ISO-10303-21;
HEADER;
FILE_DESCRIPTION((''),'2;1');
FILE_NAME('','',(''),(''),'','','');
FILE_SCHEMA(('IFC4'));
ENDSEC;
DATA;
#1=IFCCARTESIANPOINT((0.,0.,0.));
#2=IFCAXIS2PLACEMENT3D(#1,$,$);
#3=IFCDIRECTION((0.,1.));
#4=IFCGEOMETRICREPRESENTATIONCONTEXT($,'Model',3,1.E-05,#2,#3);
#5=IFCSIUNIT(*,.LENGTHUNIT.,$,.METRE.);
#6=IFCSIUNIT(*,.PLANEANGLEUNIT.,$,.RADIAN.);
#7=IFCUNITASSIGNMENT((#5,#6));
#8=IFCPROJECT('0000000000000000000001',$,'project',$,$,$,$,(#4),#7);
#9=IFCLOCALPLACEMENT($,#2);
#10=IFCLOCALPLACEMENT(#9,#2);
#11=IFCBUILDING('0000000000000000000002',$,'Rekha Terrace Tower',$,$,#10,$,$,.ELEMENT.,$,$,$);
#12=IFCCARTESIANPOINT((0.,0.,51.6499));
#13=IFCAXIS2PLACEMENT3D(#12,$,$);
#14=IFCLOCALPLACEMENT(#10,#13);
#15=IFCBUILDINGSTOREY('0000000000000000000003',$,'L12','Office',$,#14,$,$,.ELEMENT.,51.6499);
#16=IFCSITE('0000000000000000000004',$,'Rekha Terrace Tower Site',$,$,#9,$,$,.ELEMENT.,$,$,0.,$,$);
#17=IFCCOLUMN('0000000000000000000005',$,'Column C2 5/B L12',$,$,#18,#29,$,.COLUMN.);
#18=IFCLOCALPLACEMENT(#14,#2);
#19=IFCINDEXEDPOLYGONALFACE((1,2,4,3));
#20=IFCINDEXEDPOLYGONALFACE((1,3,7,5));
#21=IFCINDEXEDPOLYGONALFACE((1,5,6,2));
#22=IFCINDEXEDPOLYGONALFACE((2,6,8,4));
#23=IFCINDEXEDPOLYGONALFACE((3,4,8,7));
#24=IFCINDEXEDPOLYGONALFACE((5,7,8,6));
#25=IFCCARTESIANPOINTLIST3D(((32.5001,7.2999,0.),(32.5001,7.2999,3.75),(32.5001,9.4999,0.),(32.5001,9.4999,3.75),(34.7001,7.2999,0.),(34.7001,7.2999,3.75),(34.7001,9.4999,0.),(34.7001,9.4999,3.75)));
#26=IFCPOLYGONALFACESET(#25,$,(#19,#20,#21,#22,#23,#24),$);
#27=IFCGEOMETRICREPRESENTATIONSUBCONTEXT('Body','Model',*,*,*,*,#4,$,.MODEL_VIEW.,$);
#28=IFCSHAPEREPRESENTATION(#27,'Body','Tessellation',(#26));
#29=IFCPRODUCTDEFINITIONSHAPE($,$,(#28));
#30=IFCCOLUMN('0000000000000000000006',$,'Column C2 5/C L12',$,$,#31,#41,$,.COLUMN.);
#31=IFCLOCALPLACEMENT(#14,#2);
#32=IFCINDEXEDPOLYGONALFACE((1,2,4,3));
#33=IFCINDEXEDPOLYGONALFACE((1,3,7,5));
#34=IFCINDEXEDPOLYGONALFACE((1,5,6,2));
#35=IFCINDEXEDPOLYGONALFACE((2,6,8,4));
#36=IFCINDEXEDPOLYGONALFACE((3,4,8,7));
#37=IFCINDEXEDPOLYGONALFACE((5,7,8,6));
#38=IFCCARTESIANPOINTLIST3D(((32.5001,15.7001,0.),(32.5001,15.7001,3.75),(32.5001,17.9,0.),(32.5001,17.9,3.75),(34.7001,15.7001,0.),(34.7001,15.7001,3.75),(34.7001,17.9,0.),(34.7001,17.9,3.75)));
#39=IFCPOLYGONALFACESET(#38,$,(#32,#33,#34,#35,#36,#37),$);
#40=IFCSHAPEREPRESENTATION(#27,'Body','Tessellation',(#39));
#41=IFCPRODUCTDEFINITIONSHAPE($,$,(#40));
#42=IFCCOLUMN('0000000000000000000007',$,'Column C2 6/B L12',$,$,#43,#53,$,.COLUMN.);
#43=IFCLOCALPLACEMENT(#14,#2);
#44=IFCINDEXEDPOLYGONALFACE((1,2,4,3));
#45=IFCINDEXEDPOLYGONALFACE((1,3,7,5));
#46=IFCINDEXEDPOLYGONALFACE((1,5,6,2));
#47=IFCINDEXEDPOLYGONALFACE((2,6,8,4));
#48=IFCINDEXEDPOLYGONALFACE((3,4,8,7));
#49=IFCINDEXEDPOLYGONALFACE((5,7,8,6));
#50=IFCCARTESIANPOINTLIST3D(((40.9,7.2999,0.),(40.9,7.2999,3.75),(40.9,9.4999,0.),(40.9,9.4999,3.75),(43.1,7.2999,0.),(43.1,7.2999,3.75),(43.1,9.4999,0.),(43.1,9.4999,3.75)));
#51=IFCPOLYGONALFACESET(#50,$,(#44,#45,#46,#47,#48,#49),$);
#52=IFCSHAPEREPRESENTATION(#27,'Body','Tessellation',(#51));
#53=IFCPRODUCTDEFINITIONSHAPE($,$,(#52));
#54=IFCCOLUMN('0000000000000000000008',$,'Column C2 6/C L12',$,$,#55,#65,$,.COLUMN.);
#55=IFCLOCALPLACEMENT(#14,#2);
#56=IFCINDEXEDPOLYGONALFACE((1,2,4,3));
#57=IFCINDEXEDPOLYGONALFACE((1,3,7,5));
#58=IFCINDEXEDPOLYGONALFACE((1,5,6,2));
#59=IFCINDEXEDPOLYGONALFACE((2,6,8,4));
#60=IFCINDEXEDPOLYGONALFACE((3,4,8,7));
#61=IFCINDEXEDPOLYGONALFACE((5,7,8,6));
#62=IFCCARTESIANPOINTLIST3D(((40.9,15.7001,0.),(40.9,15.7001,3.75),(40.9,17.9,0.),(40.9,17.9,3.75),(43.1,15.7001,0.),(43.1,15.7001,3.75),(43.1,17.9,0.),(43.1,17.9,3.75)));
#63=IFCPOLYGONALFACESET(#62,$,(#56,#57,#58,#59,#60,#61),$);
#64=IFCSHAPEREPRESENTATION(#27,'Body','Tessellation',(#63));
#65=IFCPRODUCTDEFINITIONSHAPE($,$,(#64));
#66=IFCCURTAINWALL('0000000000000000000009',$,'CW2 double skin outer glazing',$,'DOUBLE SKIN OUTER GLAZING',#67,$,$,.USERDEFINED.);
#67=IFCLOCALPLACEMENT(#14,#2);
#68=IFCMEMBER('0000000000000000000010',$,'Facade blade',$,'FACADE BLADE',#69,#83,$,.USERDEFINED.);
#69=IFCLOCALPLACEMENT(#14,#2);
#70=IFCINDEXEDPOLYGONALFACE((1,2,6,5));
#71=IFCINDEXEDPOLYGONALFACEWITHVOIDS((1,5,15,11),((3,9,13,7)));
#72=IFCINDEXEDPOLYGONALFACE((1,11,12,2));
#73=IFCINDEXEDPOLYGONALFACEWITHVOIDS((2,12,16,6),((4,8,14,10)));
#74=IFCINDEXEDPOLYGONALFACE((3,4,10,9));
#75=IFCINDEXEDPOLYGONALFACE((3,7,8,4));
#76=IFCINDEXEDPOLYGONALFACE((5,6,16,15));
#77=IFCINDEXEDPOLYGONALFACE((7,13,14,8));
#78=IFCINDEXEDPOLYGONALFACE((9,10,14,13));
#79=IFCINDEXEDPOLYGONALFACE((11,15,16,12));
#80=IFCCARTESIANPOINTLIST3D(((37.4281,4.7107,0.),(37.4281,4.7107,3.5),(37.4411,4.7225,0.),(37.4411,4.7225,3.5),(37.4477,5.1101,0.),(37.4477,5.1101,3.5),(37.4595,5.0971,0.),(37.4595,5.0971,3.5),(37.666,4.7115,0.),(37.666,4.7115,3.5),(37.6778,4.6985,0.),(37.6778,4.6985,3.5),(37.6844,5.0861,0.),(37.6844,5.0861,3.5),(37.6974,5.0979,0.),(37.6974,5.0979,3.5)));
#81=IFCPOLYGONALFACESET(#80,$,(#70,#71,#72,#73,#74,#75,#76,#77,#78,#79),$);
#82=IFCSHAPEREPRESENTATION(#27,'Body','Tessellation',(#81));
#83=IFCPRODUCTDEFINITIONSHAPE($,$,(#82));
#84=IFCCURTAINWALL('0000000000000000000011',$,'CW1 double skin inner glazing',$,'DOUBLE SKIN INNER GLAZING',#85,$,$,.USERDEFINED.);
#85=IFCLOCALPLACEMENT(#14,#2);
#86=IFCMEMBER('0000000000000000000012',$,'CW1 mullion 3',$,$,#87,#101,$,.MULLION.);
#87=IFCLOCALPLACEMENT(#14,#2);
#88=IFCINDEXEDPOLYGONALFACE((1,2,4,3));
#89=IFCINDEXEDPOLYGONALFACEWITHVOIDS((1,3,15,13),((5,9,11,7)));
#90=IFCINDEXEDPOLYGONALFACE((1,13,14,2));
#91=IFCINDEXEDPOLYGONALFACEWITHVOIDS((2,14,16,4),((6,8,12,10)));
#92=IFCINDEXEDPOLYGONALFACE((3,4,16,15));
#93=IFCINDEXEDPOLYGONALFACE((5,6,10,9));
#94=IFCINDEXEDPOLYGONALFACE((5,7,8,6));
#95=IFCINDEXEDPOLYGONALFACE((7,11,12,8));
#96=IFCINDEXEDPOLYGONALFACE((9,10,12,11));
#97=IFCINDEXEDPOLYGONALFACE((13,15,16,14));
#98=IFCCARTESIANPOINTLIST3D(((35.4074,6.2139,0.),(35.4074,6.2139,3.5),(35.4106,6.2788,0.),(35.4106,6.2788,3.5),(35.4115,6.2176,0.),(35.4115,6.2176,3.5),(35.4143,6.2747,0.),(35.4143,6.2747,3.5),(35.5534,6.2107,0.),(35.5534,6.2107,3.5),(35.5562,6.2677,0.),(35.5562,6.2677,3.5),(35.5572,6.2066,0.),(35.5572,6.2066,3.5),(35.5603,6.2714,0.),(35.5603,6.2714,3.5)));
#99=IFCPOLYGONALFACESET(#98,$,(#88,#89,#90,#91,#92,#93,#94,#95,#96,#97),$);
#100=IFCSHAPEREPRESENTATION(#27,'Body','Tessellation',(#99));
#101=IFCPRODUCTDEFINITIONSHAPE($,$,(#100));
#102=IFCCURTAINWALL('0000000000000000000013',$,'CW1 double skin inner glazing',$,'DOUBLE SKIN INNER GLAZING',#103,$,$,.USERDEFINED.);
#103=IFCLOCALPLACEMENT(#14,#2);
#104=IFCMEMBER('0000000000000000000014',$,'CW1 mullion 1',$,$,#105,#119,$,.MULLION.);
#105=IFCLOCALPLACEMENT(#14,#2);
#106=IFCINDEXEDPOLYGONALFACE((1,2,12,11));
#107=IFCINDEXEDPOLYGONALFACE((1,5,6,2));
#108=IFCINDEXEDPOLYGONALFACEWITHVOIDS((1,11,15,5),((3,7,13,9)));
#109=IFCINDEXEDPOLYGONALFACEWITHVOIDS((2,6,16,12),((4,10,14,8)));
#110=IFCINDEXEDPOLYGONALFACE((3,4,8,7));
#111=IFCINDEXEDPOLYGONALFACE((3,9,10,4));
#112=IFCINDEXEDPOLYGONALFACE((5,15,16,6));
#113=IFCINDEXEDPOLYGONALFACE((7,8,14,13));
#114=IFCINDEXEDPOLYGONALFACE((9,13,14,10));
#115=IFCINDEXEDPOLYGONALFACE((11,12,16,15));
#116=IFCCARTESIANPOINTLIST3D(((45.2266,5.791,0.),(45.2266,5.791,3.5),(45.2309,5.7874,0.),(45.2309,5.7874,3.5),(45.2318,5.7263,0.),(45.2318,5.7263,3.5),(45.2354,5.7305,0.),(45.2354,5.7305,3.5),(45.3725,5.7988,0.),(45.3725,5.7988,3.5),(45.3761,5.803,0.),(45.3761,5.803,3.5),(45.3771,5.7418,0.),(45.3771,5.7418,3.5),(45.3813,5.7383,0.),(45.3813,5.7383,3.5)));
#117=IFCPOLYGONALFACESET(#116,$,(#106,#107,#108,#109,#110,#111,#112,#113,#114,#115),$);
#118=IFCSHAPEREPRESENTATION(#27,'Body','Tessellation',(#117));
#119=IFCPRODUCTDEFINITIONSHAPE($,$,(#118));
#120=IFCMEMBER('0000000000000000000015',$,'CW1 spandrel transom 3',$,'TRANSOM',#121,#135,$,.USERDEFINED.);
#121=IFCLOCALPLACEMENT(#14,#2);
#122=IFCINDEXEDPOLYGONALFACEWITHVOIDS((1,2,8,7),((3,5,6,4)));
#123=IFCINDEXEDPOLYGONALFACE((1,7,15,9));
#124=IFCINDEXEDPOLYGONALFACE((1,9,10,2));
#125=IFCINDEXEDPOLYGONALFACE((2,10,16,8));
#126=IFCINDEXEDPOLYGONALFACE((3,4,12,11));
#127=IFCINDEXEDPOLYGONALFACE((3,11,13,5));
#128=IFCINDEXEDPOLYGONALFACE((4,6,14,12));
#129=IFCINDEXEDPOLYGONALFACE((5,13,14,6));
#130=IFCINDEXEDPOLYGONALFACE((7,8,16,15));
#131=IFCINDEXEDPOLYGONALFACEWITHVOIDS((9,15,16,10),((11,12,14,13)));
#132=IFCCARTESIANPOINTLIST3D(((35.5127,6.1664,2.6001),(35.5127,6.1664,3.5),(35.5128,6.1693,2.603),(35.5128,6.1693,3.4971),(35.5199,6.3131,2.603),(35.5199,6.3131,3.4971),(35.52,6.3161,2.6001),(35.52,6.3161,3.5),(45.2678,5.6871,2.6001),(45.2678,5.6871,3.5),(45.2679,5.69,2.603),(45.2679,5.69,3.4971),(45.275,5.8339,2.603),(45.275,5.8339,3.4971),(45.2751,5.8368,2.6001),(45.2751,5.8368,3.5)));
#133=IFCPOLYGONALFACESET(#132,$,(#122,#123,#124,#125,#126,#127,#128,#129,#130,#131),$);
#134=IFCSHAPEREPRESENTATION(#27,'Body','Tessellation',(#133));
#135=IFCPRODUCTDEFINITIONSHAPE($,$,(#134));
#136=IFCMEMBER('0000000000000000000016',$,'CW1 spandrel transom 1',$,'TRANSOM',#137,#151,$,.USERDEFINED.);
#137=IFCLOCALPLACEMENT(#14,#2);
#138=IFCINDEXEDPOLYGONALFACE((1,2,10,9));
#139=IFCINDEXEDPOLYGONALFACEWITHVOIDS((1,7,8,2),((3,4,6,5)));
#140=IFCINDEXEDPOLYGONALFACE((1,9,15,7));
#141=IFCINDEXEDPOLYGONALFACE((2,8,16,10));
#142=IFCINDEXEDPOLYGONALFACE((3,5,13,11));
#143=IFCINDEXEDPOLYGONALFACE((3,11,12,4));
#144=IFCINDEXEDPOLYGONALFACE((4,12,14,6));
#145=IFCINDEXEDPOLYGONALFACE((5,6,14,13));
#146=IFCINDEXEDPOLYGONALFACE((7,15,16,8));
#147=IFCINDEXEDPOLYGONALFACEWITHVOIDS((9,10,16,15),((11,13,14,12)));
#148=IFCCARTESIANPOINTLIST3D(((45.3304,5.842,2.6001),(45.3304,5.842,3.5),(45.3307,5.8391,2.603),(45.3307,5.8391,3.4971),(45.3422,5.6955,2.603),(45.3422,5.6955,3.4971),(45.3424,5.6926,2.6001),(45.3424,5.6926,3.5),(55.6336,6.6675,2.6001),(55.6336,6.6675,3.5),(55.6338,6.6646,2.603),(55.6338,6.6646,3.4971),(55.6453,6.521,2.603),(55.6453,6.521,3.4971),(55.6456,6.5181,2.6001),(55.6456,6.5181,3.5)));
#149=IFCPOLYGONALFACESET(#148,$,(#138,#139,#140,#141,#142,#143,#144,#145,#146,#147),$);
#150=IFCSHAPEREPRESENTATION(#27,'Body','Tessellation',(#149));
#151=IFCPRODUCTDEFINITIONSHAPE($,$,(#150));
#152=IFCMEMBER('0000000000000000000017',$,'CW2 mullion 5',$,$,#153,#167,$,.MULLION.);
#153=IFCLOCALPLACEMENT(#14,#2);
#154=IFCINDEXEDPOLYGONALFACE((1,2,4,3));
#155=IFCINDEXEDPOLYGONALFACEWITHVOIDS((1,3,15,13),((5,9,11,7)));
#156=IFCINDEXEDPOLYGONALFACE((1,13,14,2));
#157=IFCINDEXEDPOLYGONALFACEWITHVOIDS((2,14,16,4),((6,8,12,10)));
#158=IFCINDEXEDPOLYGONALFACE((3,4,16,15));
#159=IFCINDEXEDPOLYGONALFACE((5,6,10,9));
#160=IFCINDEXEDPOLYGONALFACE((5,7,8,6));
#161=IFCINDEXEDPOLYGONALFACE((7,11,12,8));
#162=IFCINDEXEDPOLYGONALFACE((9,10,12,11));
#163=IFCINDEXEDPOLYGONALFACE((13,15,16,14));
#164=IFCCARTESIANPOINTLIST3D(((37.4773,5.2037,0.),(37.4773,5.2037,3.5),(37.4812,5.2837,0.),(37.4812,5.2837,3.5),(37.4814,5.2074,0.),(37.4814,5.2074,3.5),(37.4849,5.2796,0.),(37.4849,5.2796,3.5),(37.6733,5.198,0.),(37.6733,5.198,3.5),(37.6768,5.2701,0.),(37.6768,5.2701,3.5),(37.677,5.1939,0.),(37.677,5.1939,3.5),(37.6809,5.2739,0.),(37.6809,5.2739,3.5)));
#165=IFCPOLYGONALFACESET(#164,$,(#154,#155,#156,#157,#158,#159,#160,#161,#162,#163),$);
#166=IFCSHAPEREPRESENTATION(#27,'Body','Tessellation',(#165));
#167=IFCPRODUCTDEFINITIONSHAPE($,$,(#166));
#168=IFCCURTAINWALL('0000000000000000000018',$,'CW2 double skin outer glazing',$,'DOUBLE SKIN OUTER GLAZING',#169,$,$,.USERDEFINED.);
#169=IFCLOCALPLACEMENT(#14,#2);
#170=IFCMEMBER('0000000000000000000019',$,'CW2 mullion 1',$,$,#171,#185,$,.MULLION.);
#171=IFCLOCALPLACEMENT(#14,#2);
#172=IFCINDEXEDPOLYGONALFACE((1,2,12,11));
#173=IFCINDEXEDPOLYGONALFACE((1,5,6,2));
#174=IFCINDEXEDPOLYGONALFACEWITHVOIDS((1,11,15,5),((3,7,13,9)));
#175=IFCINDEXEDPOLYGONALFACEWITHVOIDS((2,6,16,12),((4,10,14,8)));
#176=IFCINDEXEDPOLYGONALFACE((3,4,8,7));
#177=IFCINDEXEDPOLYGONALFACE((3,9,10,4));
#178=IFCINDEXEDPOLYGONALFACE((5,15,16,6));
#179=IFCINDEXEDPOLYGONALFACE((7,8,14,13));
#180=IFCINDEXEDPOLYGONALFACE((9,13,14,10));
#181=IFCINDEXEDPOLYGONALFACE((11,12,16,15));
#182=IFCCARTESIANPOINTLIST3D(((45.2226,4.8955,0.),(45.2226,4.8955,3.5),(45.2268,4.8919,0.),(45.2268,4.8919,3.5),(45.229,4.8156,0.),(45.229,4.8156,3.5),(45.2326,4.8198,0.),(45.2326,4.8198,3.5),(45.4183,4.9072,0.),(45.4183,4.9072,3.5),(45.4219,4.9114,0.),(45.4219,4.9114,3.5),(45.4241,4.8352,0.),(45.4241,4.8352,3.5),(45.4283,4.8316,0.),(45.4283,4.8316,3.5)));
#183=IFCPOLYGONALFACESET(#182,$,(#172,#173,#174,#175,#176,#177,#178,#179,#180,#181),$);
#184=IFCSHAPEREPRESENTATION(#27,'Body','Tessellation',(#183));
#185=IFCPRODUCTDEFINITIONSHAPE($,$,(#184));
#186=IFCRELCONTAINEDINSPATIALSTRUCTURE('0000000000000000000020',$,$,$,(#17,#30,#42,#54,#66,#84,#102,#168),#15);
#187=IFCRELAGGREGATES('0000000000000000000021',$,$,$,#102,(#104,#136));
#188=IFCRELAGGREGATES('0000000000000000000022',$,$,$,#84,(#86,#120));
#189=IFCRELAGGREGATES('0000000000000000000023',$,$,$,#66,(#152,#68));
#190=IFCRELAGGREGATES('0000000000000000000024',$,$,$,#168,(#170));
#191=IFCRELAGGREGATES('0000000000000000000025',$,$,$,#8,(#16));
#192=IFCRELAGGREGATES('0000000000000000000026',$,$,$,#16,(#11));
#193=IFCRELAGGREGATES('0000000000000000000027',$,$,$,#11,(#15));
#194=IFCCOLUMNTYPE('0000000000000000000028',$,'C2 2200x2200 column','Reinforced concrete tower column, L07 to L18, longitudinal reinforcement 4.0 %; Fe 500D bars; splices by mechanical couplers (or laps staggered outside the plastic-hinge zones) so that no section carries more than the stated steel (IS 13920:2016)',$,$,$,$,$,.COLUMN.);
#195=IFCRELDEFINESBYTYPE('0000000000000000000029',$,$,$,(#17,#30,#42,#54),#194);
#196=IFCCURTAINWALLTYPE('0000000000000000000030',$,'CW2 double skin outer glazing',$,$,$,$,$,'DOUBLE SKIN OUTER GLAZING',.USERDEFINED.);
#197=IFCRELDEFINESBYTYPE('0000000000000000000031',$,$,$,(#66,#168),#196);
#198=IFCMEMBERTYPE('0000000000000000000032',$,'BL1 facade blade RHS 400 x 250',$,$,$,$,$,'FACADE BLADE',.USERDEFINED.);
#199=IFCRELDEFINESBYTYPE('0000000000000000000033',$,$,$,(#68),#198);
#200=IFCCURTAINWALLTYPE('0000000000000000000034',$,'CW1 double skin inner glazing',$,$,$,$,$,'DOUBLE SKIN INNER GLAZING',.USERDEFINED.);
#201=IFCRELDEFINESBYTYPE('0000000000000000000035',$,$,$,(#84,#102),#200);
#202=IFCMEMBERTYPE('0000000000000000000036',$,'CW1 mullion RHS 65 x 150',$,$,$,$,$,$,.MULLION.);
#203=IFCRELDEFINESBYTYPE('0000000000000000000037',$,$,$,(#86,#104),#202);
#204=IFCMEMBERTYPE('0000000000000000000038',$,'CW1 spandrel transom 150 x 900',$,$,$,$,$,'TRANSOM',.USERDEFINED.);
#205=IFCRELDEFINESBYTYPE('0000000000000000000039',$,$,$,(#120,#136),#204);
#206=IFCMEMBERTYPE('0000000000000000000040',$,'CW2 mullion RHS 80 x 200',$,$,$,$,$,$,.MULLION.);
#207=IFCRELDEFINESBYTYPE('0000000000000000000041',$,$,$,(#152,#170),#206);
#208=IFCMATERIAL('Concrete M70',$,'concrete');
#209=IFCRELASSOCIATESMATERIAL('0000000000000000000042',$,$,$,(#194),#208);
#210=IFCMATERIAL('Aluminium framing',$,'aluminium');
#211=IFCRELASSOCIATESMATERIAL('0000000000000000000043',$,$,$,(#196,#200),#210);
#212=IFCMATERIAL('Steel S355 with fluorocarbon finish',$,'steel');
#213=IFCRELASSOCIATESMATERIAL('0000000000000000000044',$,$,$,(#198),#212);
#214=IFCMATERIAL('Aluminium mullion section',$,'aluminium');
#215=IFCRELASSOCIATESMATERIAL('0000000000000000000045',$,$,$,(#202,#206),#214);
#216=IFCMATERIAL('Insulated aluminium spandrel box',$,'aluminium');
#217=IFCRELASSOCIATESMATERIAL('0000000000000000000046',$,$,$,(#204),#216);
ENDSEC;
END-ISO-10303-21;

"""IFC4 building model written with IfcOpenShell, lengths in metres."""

from ifc_helpers import new_model, si_unit, direction, frame, origin, origin_2d, place, context, subcontext, project, spatial, rectangle, hollow_rectangle, extrude, material, material_profile, profile_set, type_object, element, aggregate, save


model = new_model("IFC4")

# Units and contexts
model_context = context("Model", 3, precision=1e-05, world=origin(), true_north=direction((0.0, 1.0)))
body_context = subcontext(model_context, "Body", "Model", "MODEL_VIEW")
ifc_project = project(units=[si_unit("LENGTHUNIT", "METRE"), si_unit("PLANEANGLEUNIT", "RADIAN")], contexts=[model_context])

# Site, building, storey
site_placement = place(None, origin())
site = spatial("IfcSite", under=ifc_project, at=site_placement, Name="Rekha Terrace Tower Site", CompositionType="ELEMENT", RefElevation=0.0)
building_placement = place(site_placement, origin())
building = spatial("IfcBuilding", under=site, at=building_placement, Name="Rekha Terrace Tower", CompositionType="ELEMENT")
storey_placement = place(building_placement, frame((0.0, 0.0, 51.6499)))
storey = spatial("IfcBuildingStorey", under=building, at=storey_placement, Name="L12", Description="Office", CompositionType="ELEMENT", Elevation=51.6499)

# Columns
ifc_material_1 = material(Name="Concrete M70", Category="concrete")
ifc_material_profile_1 = material_profile(ifc_material_1, rectangle(XDim=2.2, YDim=2.2, at=origin_2d()), Name="RC 2200x2200")
ifc_profile_set_1 = profile_set([ifc_material_profile_1], Name="Concrete M70")
column_type = type_object("IfcColumnType", Name="C2 2200x2200 column", Description="Reinforced concrete tower column, L07 to L18, longitudinal reinforcement 4.0 %; Fe 500D bars; splices by mechanical couplers (or laps staggered outside the plastic-hinge zones) so that no section carries more than the stated steel (IS 13920:2016)", PredefinedType="COLUMN", material=ifc_profile_set_1)
for number, where, z_axis, x_axis, name in (
    (1, (33.6001, 8.3999, 0.0), (0.0, 0.0, 1.0), (1.0, 0.0, 0.0), "Column C2 5/B L12"),
    (2, (33.6001, 16.8, 0.0), (0.0, 0.0, 1.0), (1.0, 0.0, 0.0), "Column C2 5/C L12"),
    (3, (42.0, 8.3999, 0.0), (0.0, 0.0, 1.0), (1.0, 0.0, 0.0), "Column C2 6/B L12"),
    (4, (42.0, 16.8, 0.0), (0.0, 0.0, 1.0), (1.0, 0.0, 0.0), "Column C2 6/C L12"),
):
    element("IfcColumn", number, at=place(storey_placement, frame(where, z_axis=z_axis, x_axis=x_axis)), inside=storey, type_object=column_type, Name=name, PredefinedType="COLUMN", context=body_context, shape_type="SweptSolid", body=[
        extrude(rectangle(XDim=2.2, YDim=2.2, at=origin_2d()), origin(), (0.0, 0.0, 1.0), 3.75),
    ])

# Curtain walls, members
ifc_material_2 = material(Name="Aluminium framing", Category="aluminium")
curtain_wall_type_1 = type_object("IfcCurtainWallType", Name="CW2 double skin outer glazing", ElementType="DOUBLE SKIN OUTER GLAZING", PredefinedType="USERDEFINED", material=ifc_material_2)
curtain_wall_1_placement = place(storey_placement, origin())
curtain_wall_1 = element("IfcCurtainWall", 5, at=curtain_wall_1_placement, inside=storey, type_object=curtain_wall_type_1, Name="CW2 double skin outer glazing", ObjectType="DOUBLE SKIN OUTER GLAZING", PredefinedType="USERDEFINED")
ifc_material_3 = material(Name="Steel S355 with fluorocarbon finish", Category="steel")
ifc_material_profile_2 = material_profile(ifc_material_3, hollow_rectangle(XDim=0.25, YDim=0.3999, WallThickness=0.0125, at=origin_2d()), Name="RHS400x250x12.5")
ifc_profile_set_2 = profile_set([ifc_material_profile_2], Name="Steel S355 with fluorocarbon finish")
member_type_1 = type_object("IfcMemberType", Name="BL1 facade blade RHS 400 x 250", ElementType="FACADE BLADE", PredefinedType="USERDEFINED", material=ifc_profile_set_2)
member_1_placement = place(storey_placement, frame((37.5627, 4.9043, 0.0), z_axis=(0.0, 0.0, 1.0), x_axis=(0.998796, -0.049052, 0.0)))
member_1 = element("IfcMember", 6, at=member_1_placement, type_object=member_type_1, Name="Facade blade", ObjectType="FACADE BLADE", PredefinedType="USERDEFINED", context=body_context, shape_type="SweptSolid", body=[
    extrude(hollow_rectangle(XDim=0.25, YDim=0.3999, WallThickness=0.0125, at=origin_2d()), origin(), (0.0, 0.0, 1.0), 3.5),
])
curtain_wall_type_2 = type_object("IfcCurtainWallType", Name="CW1 double skin inner glazing", ElementType="DOUBLE SKIN INNER GLAZING", PredefinedType="USERDEFINED", material=ifc_material_2)
curtain_wall_2_placement = place(storey_placement, origin())
curtain_wall_2 = element("IfcCurtainWall", 7, at=curtain_wall_2_placement, inside=storey, type_object=curtain_wall_type_2, Name="CW1 double skin inner glazing", ObjectType="DOUBLE SKIN INNER GLAZING", PredefinedType="USERDEFINED")
ifc_material_4 = material(Name="Aluminium mullion section", Category="aluminium")
ifc_material_profile_3 = material_profile(ifc_material_4, hollow_rectangle(XDim=0.0649, YDim=0.1499, WallThickness=0.0039, at=origin_2d()), Name="AL RHS 65x150")
ifc_profile_set_3 = profile_set([ifc_material_profile_3], Name="Aluminium mullion section")
member_type_2 = type_object("IfcMemberType", Name="CW1 mullion RHS 65 x 150", PredefinedType="MULLION", material=ifc_profile_set_3)
member_2_placement = place(storey_placement, frame((35.4839, 6.2427, 0.0), z_axis=(0.0, 0.0, 1.0), x_axis=(0.049052, 0.998796, 0.0)))
member_2 = element("IfcMember", 8, at=member_2_placement, type_object=member_type_2, Name="CW1 mullion 3", PredefinedType="MULLION", context=body_context, shape_type="SweptSolid", body=[
    extrude(hollow_rectangle(XDim=0.0649, YDim=0.1499, WallThickness=0.0039, at=origin_2d()), origin(), (0.0, 0.0, 1.0), 3.5),
])
curtain_wall_3_placement = place(storey_placement, origin())
curtain_wall_3 = element("IfcCurtainWall", 9, at=curtain_wall_3_placement, inside=storey, type_object=curtain_wall_type_2, Name="CW1 double skin inner glazing", ObjectType="DOUBLE SKIN INNER GLAZING", PredefinedType="USERDEFINED")
member_3_placement = place(storey_placement, frame((45.304, 5.7646, 0.0), z_axis=(0.0, 0.0, 1.0), x_axis=(-0.079872, 0.996805, 0.0)))
member_3 = element("IfcMember", 10, at=member_3_placement, type_object=member_type_2, Name="CW1 mullion 1", PredefinedType="MULLION", context=body_context, shape_type="SweptSolid", body=[
    extrude(hollow_rectangle(XDim=0.0649, YDim=0.1499, WallThickness=0.0039, at=origin_2d()), origin(), (0.0, 0.0, 1.0), 3.5),
])

# Members
ifc_material_5 = material(Name="Insulated aluminium spandrel box", Category="aluminium")
ifc_material_profile_4 = material_profile(ifc_material_5, hollow_rectangle(XDim=0.1499, YDim=0.8999, WallThickness=0.0029, at=origin_2d()), Name="AL SPANDREL BOX 150x900")
ifc_profile_set_4 = profile_set([ifc_material_profile_4], Name="Insulated aluminium spandrel box")
member_type_3 = type_object("IfcMemberType", Name="CW1 spandrel transom 150 x 900", ElementType="TRANSOM", PredefinedType="USERDEFINED", material=ifc_profile_set_4)
member_4_placement = place(storey_placement, frame((35.5164, 6.2412, 3.05), z_axis=(0.998795, -0.049069, 0.0), x_axis=(0.049069, 0.998795, 0.0)))
member_4 = element("IfcMember", 11, at=member_4_placement, type_object=member_type_3, Name="CW1 spandrel transom 3", ObjectType="TRANSOM", PredefinedType="USERDEFINED", context=body_context, shape_type="SweptSolid", body=[
    extrude(hollow_rectangle(XDim=0.1499, YDim=0.8999, WallThickness=0.0029, at=origin_2d()), origin(), (0.0, 0.0, 1.0), 9.7668),
])
member_5_placement = place(storey_placement, frame((45.3364, 5.7673, 3.05), z_axis=(0.996806, 0.079859, 0.0), x_axis=(-0.079859, 0.996806, 0.0)))
member_5 = element("IfcMember", 12, at=member_5_placement, type_object=member_type_3, Name="CW1 spandrel transom 1", ObjectType="TRANSOM", PredefinedType="USERDEFINED", context=body_context, shape_type="SweptSolid", body=[
    extrude(hollow_rectangle(XDim=0.1499, YDim=0.8999, WallThickness=0.0029, at=origin_2d()), origin(), (0.0, 0.0, 1.0), 10.3362),
])
aggregate(curtain_wall_3, [member_3, member_5])
ifc_material_profile_5 = material_profile(ifc_material_4, hollow_rectangle(XDim=0.0801, YDim=0.2, WallThickness=0.0039, at=origin_2d()), Name="AL RHS 80x200")
ifc_profile_set_5 = profile_set([ifc_material_profile_5], Name="Aluminium mullion section")
member_type_4 = type_object("IfcMemberType", Name="CW2 mullion RHS 80 x 200", PredefinedType="MULLION", material=ifc_profile_set_5)
member_6_placement = place(storey_placement, frame((37.5791, 5.2388, 0.0), z_axis=(0.0, 0.0, 1.0), x_axis=(0.049052, 0.998796, 0.0)))
member_6 = element("IfcMember", 13, at=member_6_placement, type_object=member_type_4, Name="CW2 mullion 5", PredefinedType="MULLION", context=body_context, shape_type="SweptSolid", body=[
    extrude(hollow_rectangle(XDim=0.0801, YDim=0.2, WallThickness=0.0039, at=origin_2d()), origin(), (0.0, 0.0, 1.0), 3.5),
])

# Curtain wall, member
curtain_wall_4_placement = place(storey_placement, origin())
curtain_wall_4 = element("IfcCurtainWall", 14, at=curtain_wall_4_placement, inside=storey, type_object=curtain_wall_type_1, Name="CW2 double skin outer glazing", ObjectType="DOUBLE SKIN OUTER GLAZING", PredefinedType="USERDEFINED")
member_7_placement = place(storey_placement, frame((45.3254, 4.8635, 0.0), z_axis=(0.0, 0.0, 1.0), x_axis=(-0.079872, 0.996805, 0.0)))
member_7 = element("IfcMember", 15, at=member_7_placement, type_object=member_type_4, Name="CW2 mullion 1", PredefinedType="MULLION", context=body_context, shape_type="SweptSolid", body=[
    extrude(hollow_rectangle(XDim=0.0801, YDim=0.2, WallThickness=0.0039, at=origin_2d()), origin(), (0.0, 0.0, 1.0), 3.5),
])

aggregate(curtain_wall_2, [member_2, member_4])
aggregate(curtain_wall_1, [member_6, member_1])
aggregate(curtain_wall_4, [member_7])

save(model, "model.ifc")
